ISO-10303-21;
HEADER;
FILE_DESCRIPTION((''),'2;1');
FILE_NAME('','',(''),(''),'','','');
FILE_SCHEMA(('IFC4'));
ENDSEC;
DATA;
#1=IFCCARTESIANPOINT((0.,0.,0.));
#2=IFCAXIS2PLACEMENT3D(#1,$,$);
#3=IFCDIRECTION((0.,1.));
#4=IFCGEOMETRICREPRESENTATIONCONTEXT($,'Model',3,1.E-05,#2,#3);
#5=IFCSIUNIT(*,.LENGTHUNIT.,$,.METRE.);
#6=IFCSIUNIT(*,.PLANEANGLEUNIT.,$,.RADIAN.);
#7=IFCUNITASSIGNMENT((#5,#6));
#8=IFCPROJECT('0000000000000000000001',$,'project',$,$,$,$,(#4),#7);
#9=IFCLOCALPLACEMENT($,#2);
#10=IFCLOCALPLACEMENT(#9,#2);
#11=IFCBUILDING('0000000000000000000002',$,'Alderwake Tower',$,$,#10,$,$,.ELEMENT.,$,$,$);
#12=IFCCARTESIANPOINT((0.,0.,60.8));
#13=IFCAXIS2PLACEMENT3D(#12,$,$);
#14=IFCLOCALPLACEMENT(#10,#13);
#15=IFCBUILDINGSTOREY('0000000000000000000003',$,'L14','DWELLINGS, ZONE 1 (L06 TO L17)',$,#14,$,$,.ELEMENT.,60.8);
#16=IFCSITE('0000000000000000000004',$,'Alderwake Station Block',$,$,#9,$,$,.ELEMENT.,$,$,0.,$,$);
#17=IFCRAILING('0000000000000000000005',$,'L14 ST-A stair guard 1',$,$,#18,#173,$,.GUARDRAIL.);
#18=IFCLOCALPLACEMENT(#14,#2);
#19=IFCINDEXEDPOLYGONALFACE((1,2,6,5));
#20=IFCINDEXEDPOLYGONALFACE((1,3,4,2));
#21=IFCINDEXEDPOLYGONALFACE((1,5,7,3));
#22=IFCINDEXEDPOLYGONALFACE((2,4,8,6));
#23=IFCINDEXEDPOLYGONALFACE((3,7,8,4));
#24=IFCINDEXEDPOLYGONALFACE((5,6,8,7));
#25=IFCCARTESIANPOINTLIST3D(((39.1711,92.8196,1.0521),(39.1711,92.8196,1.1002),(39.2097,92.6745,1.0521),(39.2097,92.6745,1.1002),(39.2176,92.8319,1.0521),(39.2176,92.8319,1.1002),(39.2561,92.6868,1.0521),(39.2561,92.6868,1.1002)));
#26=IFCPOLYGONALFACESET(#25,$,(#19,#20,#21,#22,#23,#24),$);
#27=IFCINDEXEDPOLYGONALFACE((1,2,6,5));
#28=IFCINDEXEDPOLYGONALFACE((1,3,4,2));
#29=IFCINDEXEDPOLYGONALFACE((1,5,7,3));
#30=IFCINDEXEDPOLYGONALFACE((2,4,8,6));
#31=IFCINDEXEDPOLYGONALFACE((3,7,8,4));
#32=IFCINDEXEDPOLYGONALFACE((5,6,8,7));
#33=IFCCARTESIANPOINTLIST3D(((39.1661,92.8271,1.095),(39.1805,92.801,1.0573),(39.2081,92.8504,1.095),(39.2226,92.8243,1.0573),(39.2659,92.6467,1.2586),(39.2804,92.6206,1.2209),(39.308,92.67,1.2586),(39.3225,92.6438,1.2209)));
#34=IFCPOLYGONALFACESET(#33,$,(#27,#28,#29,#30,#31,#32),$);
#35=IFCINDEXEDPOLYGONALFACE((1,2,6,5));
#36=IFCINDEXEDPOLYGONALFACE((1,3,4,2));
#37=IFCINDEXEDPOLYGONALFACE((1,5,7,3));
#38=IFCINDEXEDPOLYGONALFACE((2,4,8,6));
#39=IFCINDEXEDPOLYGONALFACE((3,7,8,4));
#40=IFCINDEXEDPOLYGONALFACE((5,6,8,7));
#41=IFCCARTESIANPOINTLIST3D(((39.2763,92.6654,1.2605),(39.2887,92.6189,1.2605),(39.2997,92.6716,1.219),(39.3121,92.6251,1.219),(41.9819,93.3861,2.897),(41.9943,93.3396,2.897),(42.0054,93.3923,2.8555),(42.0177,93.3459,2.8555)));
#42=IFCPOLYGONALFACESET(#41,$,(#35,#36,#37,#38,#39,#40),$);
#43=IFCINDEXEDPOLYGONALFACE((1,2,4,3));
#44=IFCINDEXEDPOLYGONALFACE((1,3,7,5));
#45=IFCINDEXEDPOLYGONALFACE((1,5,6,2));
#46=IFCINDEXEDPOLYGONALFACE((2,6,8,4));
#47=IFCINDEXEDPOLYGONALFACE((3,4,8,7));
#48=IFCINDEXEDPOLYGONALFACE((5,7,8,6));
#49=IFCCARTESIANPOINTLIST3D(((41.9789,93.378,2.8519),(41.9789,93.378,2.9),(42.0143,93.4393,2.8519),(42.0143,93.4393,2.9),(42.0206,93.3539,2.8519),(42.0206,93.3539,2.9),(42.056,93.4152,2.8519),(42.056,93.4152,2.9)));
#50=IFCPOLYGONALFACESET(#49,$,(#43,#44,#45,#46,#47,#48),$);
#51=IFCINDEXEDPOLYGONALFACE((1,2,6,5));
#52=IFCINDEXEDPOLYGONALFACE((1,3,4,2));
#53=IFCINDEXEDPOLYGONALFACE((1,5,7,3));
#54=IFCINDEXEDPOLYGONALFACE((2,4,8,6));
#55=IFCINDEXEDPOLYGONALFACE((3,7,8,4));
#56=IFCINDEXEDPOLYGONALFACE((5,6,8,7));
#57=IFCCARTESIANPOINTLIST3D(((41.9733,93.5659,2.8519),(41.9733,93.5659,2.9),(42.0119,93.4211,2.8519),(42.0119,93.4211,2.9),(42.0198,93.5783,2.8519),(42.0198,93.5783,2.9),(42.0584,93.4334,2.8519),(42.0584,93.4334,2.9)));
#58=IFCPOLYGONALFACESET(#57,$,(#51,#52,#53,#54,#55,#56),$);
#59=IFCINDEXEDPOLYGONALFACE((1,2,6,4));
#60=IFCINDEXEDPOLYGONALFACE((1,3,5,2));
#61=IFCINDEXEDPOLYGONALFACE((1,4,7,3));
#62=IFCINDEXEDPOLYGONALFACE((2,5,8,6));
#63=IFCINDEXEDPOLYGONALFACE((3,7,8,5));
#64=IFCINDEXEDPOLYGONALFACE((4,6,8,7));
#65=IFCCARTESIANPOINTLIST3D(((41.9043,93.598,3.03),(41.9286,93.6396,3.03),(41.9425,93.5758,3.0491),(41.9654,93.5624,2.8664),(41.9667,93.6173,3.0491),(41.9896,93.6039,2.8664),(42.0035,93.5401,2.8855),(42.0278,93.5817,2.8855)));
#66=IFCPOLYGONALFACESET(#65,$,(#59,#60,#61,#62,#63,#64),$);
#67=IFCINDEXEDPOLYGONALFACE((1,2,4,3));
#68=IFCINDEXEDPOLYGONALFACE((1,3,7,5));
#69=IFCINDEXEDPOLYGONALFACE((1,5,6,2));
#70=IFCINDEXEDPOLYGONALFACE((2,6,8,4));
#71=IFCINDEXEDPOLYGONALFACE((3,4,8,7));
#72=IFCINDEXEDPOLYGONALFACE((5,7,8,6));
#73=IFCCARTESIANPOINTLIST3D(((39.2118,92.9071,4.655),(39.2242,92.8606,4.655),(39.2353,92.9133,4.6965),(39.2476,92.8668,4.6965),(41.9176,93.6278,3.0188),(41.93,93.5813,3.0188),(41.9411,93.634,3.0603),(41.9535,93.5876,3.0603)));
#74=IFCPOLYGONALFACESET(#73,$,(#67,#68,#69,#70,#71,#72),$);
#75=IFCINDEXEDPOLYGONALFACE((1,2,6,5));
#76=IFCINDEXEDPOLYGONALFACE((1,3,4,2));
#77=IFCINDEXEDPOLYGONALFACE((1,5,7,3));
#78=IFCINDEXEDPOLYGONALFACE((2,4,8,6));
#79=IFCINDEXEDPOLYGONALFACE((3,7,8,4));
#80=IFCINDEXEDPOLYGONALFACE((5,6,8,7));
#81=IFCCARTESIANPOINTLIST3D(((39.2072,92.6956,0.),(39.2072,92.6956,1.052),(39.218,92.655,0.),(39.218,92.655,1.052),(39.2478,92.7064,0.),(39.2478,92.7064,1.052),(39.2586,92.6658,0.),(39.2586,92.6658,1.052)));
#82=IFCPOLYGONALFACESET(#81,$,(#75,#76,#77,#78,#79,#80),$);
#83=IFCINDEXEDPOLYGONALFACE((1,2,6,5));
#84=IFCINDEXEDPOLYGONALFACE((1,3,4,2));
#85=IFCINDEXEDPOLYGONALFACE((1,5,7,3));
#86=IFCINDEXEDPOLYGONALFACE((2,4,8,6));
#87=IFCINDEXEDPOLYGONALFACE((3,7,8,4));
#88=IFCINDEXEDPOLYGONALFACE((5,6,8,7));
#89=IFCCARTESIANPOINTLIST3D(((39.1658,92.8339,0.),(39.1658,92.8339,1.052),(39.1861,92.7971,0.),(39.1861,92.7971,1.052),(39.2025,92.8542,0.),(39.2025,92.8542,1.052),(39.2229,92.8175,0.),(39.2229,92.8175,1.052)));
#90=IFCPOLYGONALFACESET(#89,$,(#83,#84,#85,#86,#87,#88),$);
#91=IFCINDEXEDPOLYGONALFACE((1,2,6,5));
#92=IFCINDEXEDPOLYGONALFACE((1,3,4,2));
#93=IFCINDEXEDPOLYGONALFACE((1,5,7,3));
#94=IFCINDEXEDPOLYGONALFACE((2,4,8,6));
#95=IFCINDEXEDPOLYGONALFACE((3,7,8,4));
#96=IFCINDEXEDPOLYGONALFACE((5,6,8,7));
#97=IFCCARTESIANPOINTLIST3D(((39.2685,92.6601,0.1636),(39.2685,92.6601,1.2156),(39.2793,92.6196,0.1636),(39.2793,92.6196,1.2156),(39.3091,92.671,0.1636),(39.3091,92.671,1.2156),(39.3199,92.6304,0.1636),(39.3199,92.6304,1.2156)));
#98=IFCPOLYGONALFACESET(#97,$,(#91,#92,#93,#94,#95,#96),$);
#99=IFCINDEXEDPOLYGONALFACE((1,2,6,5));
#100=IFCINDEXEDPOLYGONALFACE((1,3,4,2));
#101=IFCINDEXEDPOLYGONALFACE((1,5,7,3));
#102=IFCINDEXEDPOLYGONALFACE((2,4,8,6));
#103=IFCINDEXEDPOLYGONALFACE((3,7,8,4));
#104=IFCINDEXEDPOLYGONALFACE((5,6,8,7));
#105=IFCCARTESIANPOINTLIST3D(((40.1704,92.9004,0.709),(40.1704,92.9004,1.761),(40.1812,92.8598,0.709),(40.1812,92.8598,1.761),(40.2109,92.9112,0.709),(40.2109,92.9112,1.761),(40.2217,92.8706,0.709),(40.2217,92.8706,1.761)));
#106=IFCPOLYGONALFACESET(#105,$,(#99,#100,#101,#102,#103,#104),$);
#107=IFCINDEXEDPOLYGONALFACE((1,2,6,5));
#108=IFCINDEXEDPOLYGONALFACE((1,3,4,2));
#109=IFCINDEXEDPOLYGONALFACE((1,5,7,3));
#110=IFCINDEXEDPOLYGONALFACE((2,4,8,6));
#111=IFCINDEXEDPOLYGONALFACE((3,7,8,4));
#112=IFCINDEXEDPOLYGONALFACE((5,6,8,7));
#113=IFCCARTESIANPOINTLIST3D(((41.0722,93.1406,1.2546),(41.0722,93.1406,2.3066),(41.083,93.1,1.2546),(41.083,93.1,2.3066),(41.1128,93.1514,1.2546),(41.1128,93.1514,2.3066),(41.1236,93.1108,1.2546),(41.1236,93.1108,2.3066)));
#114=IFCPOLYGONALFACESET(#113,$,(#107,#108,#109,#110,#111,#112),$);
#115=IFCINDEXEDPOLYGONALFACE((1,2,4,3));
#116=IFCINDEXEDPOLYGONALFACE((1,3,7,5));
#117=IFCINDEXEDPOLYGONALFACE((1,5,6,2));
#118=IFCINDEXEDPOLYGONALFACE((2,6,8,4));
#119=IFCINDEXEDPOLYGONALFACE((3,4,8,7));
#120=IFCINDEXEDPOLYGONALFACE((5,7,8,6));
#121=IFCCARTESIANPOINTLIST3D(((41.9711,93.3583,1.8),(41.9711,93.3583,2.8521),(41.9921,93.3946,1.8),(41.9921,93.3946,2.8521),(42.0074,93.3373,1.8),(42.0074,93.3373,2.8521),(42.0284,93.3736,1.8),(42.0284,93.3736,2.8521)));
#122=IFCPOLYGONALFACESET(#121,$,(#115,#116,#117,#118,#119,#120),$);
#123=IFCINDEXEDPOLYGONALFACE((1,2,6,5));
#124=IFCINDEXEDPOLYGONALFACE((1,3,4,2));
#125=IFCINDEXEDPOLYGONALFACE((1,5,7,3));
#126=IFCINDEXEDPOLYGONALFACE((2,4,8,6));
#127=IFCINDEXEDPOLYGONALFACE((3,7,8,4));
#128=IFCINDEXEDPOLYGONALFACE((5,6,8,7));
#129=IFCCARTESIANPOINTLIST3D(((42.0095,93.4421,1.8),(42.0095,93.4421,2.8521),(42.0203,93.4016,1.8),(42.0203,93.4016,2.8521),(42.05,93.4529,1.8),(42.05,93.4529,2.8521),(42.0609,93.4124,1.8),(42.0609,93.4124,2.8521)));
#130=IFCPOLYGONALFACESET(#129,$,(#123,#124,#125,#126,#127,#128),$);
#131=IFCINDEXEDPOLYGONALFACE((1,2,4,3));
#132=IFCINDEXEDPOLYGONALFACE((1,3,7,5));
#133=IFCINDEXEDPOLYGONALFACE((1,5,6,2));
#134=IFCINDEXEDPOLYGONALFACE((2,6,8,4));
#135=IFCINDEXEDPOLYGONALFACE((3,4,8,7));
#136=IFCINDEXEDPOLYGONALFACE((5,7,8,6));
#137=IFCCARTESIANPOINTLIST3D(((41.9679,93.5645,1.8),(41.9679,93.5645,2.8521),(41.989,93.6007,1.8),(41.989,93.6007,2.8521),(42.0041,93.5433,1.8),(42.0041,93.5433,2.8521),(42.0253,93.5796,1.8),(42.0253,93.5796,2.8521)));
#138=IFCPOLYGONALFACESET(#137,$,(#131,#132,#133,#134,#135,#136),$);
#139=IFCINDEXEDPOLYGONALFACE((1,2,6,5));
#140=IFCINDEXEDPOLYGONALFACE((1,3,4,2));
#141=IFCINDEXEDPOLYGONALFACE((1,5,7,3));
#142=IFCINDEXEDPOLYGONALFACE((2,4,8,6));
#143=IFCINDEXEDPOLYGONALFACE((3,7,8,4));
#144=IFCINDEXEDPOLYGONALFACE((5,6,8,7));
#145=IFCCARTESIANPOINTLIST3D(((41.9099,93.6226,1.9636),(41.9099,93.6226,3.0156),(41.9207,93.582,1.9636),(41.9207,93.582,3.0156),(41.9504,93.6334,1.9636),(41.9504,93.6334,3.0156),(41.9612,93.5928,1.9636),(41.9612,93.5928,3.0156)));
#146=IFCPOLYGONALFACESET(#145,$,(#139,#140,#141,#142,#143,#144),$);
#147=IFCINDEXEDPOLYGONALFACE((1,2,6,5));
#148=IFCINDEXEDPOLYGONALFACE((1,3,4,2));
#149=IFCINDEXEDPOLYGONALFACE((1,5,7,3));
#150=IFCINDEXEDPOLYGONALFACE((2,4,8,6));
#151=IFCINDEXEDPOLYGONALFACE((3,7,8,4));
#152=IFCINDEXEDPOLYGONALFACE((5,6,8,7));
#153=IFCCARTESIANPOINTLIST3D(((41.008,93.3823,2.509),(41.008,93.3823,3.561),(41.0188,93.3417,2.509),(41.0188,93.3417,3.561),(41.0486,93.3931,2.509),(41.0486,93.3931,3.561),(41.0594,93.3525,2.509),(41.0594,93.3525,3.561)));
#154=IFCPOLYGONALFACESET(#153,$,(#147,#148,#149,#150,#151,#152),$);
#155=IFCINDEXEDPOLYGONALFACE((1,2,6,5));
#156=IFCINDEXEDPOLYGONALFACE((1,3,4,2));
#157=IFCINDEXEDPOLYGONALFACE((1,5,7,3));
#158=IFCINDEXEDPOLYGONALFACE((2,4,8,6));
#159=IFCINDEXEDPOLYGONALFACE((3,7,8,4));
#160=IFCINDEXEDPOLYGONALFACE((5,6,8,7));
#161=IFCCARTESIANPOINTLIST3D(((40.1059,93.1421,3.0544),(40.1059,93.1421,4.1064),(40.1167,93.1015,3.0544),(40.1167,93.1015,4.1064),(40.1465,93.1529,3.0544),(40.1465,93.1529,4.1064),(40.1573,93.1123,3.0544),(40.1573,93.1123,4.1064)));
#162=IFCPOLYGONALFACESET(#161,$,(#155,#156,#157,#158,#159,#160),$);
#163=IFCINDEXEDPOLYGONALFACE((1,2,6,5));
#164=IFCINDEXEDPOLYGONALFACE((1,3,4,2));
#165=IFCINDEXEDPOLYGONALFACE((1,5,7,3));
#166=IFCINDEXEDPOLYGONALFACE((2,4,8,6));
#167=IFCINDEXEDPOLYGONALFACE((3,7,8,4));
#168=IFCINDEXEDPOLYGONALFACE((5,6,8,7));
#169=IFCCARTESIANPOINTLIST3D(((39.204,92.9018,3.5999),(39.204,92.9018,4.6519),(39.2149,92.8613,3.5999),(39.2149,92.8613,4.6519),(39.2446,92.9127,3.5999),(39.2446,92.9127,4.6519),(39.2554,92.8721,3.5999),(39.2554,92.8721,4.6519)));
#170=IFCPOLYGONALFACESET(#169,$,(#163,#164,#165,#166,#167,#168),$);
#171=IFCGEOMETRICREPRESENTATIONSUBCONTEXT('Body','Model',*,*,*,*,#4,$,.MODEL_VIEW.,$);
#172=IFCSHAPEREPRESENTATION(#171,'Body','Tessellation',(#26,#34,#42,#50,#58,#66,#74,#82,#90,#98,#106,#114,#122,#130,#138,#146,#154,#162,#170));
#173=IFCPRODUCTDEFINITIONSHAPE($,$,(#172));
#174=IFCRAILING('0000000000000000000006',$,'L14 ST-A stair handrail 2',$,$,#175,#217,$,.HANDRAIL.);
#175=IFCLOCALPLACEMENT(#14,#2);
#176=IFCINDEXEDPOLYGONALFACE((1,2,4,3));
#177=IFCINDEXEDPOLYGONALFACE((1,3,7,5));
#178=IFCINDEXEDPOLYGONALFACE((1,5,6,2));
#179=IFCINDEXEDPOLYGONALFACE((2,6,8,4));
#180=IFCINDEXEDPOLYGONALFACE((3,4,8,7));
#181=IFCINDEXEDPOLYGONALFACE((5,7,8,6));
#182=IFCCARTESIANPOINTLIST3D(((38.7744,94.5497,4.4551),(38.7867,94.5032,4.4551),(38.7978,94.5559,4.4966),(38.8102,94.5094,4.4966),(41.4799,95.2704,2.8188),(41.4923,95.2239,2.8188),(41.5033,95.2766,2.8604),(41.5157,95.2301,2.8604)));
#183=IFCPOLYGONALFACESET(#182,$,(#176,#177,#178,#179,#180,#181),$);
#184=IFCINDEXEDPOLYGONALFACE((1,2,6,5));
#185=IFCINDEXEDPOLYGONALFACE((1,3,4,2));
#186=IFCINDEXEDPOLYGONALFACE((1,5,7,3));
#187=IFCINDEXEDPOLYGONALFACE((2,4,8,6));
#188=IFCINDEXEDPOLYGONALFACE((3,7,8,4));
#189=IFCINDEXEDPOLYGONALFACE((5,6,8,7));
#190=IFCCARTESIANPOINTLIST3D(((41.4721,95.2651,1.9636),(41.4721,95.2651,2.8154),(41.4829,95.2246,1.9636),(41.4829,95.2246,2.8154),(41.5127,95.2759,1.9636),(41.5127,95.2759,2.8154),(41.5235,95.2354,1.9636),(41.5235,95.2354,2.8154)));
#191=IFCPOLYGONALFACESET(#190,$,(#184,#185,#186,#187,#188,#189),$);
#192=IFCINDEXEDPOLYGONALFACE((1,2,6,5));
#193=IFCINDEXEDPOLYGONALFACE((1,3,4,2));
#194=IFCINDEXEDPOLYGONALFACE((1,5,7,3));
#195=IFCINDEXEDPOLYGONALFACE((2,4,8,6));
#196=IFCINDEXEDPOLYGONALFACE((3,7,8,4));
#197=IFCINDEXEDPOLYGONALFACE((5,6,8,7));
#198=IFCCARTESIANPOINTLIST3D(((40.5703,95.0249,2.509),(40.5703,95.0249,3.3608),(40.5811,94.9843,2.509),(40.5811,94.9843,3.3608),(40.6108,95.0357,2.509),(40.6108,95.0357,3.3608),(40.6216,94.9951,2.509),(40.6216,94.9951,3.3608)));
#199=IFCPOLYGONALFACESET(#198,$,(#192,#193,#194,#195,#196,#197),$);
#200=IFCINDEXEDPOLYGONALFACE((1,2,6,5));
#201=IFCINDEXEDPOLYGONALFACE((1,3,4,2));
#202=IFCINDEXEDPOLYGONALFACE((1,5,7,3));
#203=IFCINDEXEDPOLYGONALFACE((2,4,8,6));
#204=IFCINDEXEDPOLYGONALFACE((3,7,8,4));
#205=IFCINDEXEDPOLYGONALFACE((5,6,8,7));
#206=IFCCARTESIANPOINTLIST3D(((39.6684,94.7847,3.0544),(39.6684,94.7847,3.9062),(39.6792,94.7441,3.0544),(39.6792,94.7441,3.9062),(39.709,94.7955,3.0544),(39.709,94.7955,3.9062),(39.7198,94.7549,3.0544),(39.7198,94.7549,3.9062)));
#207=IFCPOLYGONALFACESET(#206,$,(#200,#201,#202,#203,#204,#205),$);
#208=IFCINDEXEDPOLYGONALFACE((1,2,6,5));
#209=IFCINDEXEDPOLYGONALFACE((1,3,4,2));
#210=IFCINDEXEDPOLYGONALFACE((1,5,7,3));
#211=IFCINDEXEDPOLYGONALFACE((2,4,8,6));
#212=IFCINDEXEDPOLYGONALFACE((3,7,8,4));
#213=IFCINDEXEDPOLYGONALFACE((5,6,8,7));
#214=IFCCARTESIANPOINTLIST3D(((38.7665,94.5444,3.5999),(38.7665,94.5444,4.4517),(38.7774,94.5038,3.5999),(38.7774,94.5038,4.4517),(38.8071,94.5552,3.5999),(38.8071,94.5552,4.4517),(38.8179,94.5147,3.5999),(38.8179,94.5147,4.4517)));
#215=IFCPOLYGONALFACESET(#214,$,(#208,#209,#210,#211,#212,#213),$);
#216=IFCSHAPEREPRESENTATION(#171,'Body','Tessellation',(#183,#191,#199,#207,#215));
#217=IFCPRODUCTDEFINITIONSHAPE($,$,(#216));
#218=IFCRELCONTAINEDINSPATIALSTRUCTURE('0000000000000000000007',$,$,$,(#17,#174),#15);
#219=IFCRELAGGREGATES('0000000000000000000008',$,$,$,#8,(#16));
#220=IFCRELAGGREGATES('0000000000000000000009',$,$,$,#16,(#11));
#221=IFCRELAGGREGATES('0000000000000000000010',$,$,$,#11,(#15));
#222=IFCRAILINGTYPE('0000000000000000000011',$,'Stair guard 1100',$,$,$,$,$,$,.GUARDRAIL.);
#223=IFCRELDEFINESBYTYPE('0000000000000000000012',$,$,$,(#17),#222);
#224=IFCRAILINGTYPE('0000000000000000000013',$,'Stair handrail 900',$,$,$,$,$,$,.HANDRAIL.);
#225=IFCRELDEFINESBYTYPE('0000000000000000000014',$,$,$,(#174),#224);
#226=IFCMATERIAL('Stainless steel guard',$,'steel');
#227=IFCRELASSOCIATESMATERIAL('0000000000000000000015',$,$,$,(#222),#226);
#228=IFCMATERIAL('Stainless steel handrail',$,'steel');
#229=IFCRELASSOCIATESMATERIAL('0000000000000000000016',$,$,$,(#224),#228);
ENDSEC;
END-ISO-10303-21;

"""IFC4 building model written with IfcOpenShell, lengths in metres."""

from ifc_helpers import new_model, si_unit, direction, frame, origin, origin_2d, place, context, subcontext, project, spatial, rectangle, extrude, material, type_object, element, save


model = new_model("IFC4")

# Units and contexts
model_context = context("Model", 3, precision=1e-05, world=origin(), true_north=direction((0.0, 1.0)))
body_context = subcontext(model_context, "Body", "Model", "MODEL_VIEW")
ifc_project = project(units=[si_unit("LENGTHUNIT", "METRE"), si_unit("PLANEANGLEUNIT", "RADIAN")], contexts=[model_context])

# Site, building, storey
site_placement = place(None, origin())
site = spatial("IfcSite", under=ifc_project, at=site_placement, Name="Alderwake Station Block", CompositionType="ELEMENT", RefElevation=0.0)
building_placement = place(site_placement, origin())
building = spatial("IfcBuilding", under=site, at=building_placement, Name="Alderwake Tower", CompositionType="ELEMENT")
storey_placement = place(building_placement, frame((0.0, 0.0, 60.8)))
storey = spatial("IfcBuildingStorey", under=building, at=storey_placement, Name="L14", Description="DWELLINGS, ZONE 1 (L06 TO L17)", CompositionType="ELEMENT", Elevation=60.8)

# Railings
ifc_material_1 = material(Name="Stainless steel guard", Category="steel")
railing_type_1 = type_object("IfcRailingType", Name="Stair guard 1100", PredefinedType="GUARDRAIL", material=ifc_material_1)
railing_1_placement = place(storey_placement, frame((39.2329, 92.6807, 0.0)))
element("IfcRailing", 1, at=railing_1_placement, inside=storey, type_object=railing_type_1, Name="L14 ST-A stair guard 1", PredefinedType="GUARDRAIL", context=body_context, shape_type="SweptSolid", body=[
    extrude(rectangle(XDim=0.0481, YDim=0.0481, at=origin_2d()), frame((0.0, 0.0, 1.0762), z_axis=(-0.257055, 0.966397, 0.0), x_axis=(-0.966397, -0.257055, 0.0)), (0.0, 0.0, 1.0), 0.1501),
    extrude(rectangle(XDim=0.0481, YDim=0.0481, at=origin_2d()), frame((-0.0386, 0.145, 1.0762), z_axis=(0.379371, -0.685464, 0.621463), x_axis=(0.874938, 0.484235, 0.0)), (0.0, 0.0, 1.0), 0.2632),
    extrude(rectangle(XDim=0.0481, YDim=0.0481, at=origin_2d()), frame((0.0613, -0.0354, 1.2397), z_axis=(0.834259, 0.222228, 0.504605), x_axis=(-0.257402, 0.966304, 0.0)), (0.0, 0.0, 1.0), 3.2432),
    extrude(rectangle(XDim=0.0481, YDim=0.0481, at=origin_2d()), frame((2.7668, 0.6853, 2.876), z_axis=(0.50022, 0.865898, 0.0), x_axis=(-0.865898, 0.50022, 0.0)), (0.0, 0.0, 1.0), 0.0708),
    extrude(rectangle(XDim=0.0481, YDim=0.0481, at=origin_2d()), frame((2.8022, 0.7466, 2.876), z_axis=(-0.25746, 0.966289, 0.0), x_axis=(-0.966289, -0.25746, 0.0)), (0.0, 0.0, 1.0), 0.1499),
    extrude(rectangle(XDim=0.0481, YDim=0.0481, at=origin_2d()), frame((2.7637, 0.8914, 2.876), z_axis=(-0.342525, 0.200035, 0.917967), x_axis=(-0.5043, -0.863528, 0.0)), (0.0, 0.0, 1.0), 0.1782),
    extrude(rectangle(XDim=0.0481, YDim=0.0481, at=origin_2d()), frame((2.7026, 0.927, 3.0396), z_axis=(-0.834314, -0.222223, 0.504518), x_axis=(0.25738, -0.96631, 0.0)), (0.0, 0.0, 1.0), 3.2432),
    extrude(rectangle(XDim=0.042, YDim=0.042, at=origin_2d()), frame((0.0, 0.0, 0.0), z_axis=(0.0, 0.0, 1.0), x_axis=(-0.257055, 0.966397, 0.0)), (0.0, 0.0, 1.0), 1.052),
    extrude(rectangle(XDim=0.042, YDim=0.042, at=origin_2d()), frame((-0.0386, 0.145, 0.0), z_axis=(0.0, 0.0, 1.0), x_axis=(0.484235, -0.874938, 0.0)), (0.0, 0.0, 1.0), 1.052),
    extrude(rectangle(XDim=0.042, YDim=0.042, at=origin_2d()), frame((0.0613, -0.0354, 0.1636), z_axis=(0.0, 0.0, 1.0), x_axis=(0.966304, 0.257402, 0.0)), (0.0, 0.0, 1.0), 1.052),
    extrude(rectangle(XDim=0.042, YDim=0.042, at=origin_2d()), frame((0.9631, 0.2048, 0.709), z_axis=(0.0, 0.0, 1.0), x_axis=(0.966304, 0.257402, 0.0)), (0.0, 0.0, 1.0), 1.052),
    extrude(rectangle(XDim=0.042, YDim=0.042, at=origin_2d()), frame((1.865, 0.4451, 1.2546), z_axis=(0.0, 0.0, 1.0), x_axis=(0.966304, 0.257402, 0.0)), (0.0, 0.0, 1.0), 1.052),
    extrude(rectangle(XDim=0.042, YDim=0.042, at=origin_2d()), frame((2.7668, 0.6853, 1.8), z_axis=(0.0, 0.0, 1.0), x_axis=(0.50022, 0.865898, 0.0)), (0.0, 0.0, 1.0), 1.052),
    extrude(rectangle(XDim=0.042, YDim=0.042, at=origin_2d()), frame((2.8022, 0.7466, 1.8), z_axis=(0.0, 0.0, 1.0), x_axis=(-0.25746, 0.966289, 0.0)), (0.0, 0.0, 1.0), 1.052),
    extrude(rectangle(XDim=0.042, YDim=0.042, at=origin_2d()), frame((2.7637, 0.8914, 1.8), z_axis=(0.0, 0.0, 1.0), x_axis=(-0.863528, 0.5043, 0.0)), (0.0, 0.0, 1.0), 1.052),
    extrude(rectangle(XDim=0.042, YDim=0.042, at=origin_2d()), frame((2.7026, 0.927, 1.9636), z_axis=(0.0, 0.0, 1.0), x_axis=(-0.96631, -0.25738, 0.0)), (0.0, 0.0, 1.0), 1.052),
    extrude(rectangle(XDim=0.042, YDim=0.042, at=origin_2d()), frame((1.8008, 0.6868, 2.509), z_axis=(0.0, 0.0, 1.0), x_axis=(-0.96631, -0.25738, 0.0)), (0.0, 0.0, 1.0), 1.052),
    extrude(rectangle(XDim=0.042, YDim=0.042, at=origin_2d()), frame((0.8987, 0.4465, 3.0544), z_axis=(0.0, 0.0, 1.0), x_axis=(-0.96631, -0.25738, 0.0)), (0.0, 0.0, 1.0), 1.052),
    extrude(rectangle(XDim=0.042, YDim=0.042, at=origin_2d()), frame((-0.0032, 0.2063, 3.5999), z_axis=(0.0, 0.0, 1.0), x_axis=(-0.96631, -0.25738, 0.0)), (0.0, 0.0, 1.0), 1.052),
])
ifc_material_2 = material(Name="Stainless steel handrail", Category="steel")
railing_type_2 = type_object("IfcRailingType", Name="Stair handrail 900", PredefinedType="HANDRAIL", material=ifc_material_2)
railing_2_placement = place(storey_placement, frame((41.4978, 95.2502, 1.9636)))
element("IfcRailing", 2, at=railing_2_placement, inside=storey, type_object=railing_type_2, Name="L14 ST-A stair handrail 2", PredefinedType="HANDRAIL", context=body_context, shape_type="SweptSolid", body=[
    extrude(rectangle(XDim=0.0481, YDim=0.0481, at=origin_2d()), frame((0.0, 0.0, 0.876), z_axis=(-0.834291, -0.222237, 0.504549), x_axis=(0.257402, -0.966304, 0.0)), (0.0, 0.0, 1.0), 3.2429),
    extrude(rectangle(XDim=0.042, YDim=0.042, at=origin_2d()), frame((0.0, 0.0, 0.0), z_axis=(0.0, 0.0, 1.0), x_axis=(-0.966304, -0.257402, 0.0)), (0.0, 0.0, 1.0), 0.8518),
    extrude(rectangle(XDim=0.042, YDim=0.042, at=origin_2d()), frame((-0.9019, -0.2402, 0.5454), z_axis=(0.0, 0.0, 1.0), x_axis=(-0.966304, -0.257402, 0.0)), (0.0, 0.0, 1.0), 0.8518),
    extrude(rectangle(XDim=0.042, YDim=0.042, at=origin_2d()), frame((-1.8037, -0.4805, 1.0908), z_axis=(0.0, 0.0, 1.0), x_axis=(-0.966304, -0.257402, 0.0)), (0.0, 0.0, 1.0), 0.8518),
    extrude(rectangle(XDim=0.042, YDim=0.042, at=origin_2d()), frame((-2.7056, -0.7207, 1.6362), z_axis=(0.0, 0.0, 1.0), x_axis=(-0.966304, -0.257402, 0.0)), (0.0, 0.0, 1.0), 0.8518),
])

save(model, "model.ifc")
